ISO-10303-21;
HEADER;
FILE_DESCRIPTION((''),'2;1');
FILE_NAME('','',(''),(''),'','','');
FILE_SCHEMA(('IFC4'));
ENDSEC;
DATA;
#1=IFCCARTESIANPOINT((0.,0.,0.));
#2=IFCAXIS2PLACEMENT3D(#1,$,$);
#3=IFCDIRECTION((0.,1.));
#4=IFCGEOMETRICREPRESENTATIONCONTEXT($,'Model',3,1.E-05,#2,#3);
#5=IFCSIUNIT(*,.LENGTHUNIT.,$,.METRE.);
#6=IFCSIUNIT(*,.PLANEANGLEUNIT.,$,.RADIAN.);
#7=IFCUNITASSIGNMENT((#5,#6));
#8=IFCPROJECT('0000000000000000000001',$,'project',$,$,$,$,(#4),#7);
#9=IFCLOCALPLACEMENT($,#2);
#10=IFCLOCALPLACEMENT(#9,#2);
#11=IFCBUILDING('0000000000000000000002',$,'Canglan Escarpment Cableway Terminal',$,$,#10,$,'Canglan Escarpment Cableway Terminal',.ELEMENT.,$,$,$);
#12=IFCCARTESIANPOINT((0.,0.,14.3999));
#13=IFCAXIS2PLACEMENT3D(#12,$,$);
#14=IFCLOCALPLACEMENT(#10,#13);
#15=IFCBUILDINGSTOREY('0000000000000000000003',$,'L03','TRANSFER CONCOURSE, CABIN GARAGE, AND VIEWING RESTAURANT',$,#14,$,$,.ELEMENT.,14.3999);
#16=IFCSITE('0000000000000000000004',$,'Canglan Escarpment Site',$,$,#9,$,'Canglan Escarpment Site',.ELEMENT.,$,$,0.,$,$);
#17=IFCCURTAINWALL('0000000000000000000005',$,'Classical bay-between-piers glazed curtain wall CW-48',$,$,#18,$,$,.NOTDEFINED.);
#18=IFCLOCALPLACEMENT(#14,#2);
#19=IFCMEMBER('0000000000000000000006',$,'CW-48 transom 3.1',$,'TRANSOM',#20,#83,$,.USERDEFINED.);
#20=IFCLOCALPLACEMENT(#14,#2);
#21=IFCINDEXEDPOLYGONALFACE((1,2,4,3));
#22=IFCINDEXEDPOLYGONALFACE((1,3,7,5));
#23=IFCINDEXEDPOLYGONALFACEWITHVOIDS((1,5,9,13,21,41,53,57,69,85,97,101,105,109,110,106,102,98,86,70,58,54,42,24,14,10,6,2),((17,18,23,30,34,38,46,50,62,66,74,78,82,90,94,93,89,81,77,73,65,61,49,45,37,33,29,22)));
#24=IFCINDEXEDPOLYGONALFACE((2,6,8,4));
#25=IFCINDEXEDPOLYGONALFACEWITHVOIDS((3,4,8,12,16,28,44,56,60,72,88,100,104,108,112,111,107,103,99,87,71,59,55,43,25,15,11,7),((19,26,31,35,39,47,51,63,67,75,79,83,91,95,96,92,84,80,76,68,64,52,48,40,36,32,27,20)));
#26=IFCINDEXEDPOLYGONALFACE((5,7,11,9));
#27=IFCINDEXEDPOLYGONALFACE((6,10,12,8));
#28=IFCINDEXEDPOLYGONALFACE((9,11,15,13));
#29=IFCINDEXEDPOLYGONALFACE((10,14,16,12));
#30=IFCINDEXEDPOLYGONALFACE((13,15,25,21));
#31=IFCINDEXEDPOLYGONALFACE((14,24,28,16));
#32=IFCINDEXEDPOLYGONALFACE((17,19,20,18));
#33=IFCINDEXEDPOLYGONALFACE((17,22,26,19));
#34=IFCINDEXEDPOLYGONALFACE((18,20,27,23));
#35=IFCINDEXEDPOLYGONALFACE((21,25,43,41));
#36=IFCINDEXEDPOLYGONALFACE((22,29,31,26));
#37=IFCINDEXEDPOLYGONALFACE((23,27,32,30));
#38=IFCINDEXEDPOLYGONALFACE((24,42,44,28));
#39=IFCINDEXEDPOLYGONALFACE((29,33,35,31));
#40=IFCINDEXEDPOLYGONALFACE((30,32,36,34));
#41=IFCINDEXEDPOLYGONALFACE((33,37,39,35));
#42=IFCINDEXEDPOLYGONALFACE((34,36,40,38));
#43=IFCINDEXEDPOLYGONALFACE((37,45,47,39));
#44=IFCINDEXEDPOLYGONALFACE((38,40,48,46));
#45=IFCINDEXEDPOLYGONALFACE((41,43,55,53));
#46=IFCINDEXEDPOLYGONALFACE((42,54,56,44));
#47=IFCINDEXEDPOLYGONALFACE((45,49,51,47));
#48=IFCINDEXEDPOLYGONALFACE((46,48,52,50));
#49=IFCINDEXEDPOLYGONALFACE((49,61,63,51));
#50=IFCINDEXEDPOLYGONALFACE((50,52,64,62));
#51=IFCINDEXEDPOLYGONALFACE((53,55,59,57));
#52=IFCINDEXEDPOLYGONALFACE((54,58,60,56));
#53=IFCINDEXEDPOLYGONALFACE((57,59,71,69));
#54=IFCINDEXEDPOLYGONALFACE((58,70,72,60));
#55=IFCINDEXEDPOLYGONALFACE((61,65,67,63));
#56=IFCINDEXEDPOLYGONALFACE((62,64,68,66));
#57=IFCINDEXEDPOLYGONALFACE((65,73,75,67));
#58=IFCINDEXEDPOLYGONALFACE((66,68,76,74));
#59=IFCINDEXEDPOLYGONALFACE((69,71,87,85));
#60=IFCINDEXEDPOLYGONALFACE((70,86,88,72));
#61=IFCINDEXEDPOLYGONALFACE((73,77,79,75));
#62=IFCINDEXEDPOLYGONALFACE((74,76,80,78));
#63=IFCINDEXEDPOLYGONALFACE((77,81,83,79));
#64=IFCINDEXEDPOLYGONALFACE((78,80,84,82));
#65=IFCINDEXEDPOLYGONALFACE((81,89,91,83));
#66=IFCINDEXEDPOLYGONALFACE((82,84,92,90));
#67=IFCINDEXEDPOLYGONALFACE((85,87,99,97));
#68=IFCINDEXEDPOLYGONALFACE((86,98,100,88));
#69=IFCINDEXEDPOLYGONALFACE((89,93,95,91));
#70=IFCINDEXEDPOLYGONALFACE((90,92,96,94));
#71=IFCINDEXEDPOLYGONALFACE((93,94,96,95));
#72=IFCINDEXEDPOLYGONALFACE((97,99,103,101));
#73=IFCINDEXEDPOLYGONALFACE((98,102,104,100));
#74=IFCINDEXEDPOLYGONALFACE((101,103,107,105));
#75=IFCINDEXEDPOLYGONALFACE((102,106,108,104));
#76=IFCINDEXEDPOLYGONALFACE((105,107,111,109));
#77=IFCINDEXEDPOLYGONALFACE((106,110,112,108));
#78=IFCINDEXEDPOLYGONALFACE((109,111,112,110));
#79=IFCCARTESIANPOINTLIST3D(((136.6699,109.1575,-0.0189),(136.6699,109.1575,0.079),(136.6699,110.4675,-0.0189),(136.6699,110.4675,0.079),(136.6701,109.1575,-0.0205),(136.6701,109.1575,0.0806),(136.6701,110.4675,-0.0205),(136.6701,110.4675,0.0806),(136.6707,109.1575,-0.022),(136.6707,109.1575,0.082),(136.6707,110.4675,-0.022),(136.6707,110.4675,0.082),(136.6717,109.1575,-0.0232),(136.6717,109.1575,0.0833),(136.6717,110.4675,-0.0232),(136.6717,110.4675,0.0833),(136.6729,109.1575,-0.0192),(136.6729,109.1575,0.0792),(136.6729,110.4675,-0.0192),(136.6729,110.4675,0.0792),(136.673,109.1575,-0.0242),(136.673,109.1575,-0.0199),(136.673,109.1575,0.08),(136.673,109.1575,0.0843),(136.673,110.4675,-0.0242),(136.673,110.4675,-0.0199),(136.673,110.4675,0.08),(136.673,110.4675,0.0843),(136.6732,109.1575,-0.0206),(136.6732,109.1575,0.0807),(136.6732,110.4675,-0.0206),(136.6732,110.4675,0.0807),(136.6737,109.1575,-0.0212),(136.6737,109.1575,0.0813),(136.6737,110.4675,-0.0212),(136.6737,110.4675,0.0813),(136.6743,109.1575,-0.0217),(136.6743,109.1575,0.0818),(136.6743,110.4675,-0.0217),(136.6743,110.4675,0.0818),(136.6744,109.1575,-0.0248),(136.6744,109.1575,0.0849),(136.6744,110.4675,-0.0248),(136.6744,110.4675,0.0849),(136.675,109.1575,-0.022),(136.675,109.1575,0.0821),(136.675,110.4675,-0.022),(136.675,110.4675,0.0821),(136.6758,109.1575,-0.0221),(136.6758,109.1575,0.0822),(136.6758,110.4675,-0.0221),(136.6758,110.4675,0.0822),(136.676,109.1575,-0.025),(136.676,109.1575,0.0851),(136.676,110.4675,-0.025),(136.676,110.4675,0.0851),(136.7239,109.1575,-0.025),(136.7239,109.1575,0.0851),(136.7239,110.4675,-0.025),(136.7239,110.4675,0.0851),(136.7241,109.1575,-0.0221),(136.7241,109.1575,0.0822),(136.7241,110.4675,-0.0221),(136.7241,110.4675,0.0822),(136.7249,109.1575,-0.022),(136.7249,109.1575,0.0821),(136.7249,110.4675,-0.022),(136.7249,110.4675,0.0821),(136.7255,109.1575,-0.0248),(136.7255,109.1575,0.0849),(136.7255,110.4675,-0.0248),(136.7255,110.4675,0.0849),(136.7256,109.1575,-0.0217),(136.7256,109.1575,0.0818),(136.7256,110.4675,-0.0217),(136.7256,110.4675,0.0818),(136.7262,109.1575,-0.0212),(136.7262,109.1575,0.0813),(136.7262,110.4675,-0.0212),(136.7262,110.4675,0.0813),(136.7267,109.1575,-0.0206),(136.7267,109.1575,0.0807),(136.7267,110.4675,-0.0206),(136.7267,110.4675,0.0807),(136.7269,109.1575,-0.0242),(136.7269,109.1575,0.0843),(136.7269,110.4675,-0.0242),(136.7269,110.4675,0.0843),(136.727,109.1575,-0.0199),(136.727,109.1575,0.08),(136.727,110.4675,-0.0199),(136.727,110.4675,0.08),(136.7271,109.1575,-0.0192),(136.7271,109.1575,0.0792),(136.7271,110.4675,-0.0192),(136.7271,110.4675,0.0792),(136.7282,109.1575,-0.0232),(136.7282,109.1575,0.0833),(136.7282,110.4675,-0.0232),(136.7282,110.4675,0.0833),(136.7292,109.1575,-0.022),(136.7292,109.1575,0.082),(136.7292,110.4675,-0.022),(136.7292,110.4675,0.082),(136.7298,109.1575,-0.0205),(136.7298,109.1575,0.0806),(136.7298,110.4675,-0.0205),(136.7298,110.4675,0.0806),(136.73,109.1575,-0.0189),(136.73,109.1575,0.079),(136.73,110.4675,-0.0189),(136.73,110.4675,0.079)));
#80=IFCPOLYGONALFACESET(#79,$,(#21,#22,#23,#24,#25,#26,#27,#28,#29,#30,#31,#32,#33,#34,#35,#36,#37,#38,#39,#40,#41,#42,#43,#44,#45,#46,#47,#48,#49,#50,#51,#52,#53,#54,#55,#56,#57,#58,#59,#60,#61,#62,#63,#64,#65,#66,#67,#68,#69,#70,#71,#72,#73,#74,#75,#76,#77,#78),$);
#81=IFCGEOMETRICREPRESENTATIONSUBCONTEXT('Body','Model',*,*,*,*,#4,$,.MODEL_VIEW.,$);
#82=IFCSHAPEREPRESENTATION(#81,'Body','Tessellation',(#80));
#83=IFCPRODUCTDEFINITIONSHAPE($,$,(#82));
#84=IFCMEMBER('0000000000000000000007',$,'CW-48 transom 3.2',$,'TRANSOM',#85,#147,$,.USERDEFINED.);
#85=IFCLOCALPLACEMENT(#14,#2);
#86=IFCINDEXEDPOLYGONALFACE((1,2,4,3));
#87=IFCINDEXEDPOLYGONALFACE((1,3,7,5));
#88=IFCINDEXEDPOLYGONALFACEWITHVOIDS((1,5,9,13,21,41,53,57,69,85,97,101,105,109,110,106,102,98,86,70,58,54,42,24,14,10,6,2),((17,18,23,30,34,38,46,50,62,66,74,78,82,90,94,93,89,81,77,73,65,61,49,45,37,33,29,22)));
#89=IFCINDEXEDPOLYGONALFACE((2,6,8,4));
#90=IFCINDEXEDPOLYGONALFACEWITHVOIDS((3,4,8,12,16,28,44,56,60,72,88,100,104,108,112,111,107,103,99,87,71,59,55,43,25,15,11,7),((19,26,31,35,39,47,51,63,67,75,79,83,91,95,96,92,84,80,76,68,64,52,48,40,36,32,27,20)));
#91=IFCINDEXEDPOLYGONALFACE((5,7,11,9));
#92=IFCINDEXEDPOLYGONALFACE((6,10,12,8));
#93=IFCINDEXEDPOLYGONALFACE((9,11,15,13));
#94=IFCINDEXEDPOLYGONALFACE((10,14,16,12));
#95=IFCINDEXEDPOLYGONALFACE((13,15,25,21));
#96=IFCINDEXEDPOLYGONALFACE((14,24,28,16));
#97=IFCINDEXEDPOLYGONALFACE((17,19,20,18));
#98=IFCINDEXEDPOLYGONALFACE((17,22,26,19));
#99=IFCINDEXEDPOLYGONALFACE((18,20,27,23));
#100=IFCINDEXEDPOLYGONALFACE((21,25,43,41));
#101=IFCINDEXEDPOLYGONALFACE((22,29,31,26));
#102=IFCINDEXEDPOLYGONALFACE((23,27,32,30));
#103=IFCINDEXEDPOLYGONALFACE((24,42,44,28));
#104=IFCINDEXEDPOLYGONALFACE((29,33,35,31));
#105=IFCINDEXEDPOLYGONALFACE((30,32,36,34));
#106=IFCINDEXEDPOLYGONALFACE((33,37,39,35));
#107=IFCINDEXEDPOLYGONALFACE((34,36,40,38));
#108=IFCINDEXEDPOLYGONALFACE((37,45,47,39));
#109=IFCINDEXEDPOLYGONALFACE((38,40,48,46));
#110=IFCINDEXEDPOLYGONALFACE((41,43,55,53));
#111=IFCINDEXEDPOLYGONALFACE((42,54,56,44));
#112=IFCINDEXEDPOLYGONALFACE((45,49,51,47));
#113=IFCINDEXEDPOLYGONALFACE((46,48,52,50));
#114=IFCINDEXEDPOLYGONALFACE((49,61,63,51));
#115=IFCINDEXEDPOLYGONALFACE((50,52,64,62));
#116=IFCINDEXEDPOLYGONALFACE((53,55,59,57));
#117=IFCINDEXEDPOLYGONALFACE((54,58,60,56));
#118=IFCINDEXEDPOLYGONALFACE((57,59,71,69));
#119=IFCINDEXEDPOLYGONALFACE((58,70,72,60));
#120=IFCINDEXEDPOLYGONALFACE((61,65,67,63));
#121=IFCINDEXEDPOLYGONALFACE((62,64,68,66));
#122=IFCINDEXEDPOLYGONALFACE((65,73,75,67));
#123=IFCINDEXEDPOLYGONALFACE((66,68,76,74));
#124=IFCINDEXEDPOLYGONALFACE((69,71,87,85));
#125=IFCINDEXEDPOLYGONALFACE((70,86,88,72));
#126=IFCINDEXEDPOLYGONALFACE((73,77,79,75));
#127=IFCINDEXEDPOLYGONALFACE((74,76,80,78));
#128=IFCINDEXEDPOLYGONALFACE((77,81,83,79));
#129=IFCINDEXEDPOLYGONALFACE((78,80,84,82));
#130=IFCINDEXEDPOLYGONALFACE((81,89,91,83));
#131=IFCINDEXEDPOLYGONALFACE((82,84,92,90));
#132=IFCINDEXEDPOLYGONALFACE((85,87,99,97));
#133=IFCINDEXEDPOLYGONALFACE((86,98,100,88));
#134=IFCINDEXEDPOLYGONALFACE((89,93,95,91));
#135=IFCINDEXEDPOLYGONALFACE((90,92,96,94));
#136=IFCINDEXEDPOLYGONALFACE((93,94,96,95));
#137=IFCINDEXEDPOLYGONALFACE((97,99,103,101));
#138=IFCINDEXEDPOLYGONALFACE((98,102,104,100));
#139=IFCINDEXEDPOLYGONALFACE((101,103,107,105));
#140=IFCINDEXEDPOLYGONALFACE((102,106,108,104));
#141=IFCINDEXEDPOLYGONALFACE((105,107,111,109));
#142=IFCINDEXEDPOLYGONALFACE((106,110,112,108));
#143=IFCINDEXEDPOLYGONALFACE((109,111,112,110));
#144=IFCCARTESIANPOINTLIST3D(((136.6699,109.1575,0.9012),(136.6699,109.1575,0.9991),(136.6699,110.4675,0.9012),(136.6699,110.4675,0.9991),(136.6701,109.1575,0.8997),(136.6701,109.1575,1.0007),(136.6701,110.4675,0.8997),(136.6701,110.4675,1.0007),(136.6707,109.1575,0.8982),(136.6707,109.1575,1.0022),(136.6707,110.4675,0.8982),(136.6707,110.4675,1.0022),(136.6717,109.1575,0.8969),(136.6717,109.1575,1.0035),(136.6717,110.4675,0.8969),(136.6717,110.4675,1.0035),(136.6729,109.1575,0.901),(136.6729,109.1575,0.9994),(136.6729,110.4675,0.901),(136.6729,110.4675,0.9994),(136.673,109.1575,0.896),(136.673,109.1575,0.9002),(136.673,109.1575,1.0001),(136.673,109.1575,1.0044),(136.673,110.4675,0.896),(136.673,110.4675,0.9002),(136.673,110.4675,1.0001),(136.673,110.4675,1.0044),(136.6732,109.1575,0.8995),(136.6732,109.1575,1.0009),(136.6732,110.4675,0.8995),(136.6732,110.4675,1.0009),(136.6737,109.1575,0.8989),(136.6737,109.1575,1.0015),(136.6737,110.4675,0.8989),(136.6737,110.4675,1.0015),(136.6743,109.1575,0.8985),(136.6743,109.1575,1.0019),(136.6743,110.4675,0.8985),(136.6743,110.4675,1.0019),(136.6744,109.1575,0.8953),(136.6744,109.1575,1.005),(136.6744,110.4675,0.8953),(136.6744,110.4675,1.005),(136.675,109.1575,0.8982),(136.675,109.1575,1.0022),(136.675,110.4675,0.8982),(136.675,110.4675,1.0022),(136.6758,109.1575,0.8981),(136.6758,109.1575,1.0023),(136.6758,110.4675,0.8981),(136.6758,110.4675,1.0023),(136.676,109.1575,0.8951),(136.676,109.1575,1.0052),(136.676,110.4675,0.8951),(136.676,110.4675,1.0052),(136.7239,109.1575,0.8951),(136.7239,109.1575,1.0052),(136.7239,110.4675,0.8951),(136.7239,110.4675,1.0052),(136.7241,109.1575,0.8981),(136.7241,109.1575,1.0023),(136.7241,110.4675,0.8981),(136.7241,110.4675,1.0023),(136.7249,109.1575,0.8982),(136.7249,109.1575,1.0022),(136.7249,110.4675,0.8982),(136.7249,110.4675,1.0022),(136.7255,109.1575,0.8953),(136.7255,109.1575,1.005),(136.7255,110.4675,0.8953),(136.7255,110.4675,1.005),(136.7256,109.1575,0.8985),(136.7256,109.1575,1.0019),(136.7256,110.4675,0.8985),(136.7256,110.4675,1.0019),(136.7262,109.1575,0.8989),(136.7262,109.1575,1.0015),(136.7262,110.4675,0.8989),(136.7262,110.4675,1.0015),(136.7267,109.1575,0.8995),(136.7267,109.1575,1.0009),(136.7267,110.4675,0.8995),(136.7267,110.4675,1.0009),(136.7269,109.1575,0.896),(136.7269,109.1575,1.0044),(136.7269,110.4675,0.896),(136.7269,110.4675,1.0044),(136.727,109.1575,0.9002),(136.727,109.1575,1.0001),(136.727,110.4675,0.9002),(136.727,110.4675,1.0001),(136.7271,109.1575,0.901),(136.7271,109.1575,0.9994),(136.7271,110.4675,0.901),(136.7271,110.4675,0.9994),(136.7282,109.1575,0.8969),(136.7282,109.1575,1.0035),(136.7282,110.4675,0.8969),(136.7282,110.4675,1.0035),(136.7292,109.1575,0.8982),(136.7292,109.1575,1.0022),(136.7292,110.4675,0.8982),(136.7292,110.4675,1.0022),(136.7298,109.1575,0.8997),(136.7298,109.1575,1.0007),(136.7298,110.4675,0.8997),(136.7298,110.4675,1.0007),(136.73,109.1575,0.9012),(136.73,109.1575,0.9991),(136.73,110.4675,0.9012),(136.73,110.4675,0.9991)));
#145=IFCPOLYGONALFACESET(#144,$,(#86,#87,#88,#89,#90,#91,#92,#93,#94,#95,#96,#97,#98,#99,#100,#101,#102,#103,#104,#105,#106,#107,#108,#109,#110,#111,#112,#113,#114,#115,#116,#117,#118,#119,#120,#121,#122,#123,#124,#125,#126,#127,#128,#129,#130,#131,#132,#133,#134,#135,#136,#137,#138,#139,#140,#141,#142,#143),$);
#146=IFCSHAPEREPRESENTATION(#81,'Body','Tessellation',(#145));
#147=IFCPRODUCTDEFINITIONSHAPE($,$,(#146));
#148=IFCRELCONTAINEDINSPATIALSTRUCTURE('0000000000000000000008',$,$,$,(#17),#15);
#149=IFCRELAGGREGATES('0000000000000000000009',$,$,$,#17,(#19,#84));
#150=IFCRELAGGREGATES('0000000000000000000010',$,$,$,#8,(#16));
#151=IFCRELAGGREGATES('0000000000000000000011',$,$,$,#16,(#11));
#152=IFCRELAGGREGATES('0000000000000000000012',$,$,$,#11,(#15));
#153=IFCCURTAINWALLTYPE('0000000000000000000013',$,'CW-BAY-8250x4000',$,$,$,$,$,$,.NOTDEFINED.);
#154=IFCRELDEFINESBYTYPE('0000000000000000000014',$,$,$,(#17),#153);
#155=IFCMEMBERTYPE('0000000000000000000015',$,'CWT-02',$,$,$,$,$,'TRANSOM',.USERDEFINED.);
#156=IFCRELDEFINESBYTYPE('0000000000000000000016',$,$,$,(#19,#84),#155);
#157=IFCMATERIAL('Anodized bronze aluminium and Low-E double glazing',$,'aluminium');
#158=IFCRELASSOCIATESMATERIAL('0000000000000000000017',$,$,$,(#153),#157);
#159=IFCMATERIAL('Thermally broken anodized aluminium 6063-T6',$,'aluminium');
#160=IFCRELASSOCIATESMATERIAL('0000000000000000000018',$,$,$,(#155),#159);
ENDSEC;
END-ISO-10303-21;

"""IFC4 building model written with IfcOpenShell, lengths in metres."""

from ifc_helpers import new_model, si_unit, direction, frame, origin, origin_2d, place, context, subcontext, project, spatial, hollow_rectangle, extrude, material, material_profile, profile_set, type_object, element, aggregate, save


model = new_model("IFC4")

# Units and contexts
model_context = context("Model", 3, precision=1e-05, world=origin(), true_north=direction((0.0, 1.0)))
body_context = subcontext(model_context, "Body", "Model", "MODEL_VIEW")
ifc_project = project(units=[si_unit("LENGTHUNIT", "METRE"), si_unit("PLANEANGLEUNIT", "RADIAN")], contexts=[model_context])

# Site, building, storey
site_placement = place(None, origin())
site = spatial("IfcSite", under=ifc_project, at=site_placement, Name="Canglan Escarpment Site", LongName="Canglan Escarpment Site", CompositionType="ELEMENT", RefElevation=0.0)
building_placement = place(site_placement, origin())
building = spatial("IfcBuilding", under=site, at=building_placement, Name="Canglan Escarpment Cableway Terminal", LongName="Canglan Escarpment Cableway Terminal", CompositionType="ELEMENT")
storey_placement = place(building_placement, frame((0.0, 0.0, 14.3999)))
storey = spatial("IfcBuildingStorey", under=building, at=storey_placement, Name="L03", Description="TRANSFER CONCOURSE, CABIN GARAGE, AND VIEWING RESTAURANT", CompositionType="ELEMENT", Elevation=14.3999)

# Curtain wall, members
ifc_material_1 = material(Name="Anodized bronze aluminium and Low-E double glazing", Category="aluminium")
curtain_wall_type_1 = type_object("IfcCurtainWallType", Name="CW-BAY-8250x4000", PredefinedType="NOTDEFINED", material=ifc_material_1)
curtain_wall_1_placement = place(storey_placement, origin())
curtain_wall_1 = element("IfcCurtainWall", 1, at=curtain_wall_1_placement, inside=storey, type_object=curtain_wall_type_1, Name="Classical bay-between-piers glazed curtain wall CW-48", PredefinedType="NOTDEFINED")
ifc_material_2 = material(Name="Thermally broken anodized aluminium 6063-T6", Category="aluminium")
ifc_material_profile_1 = material_profile(ifc_material_2, hollow_rectangle(XDim=0.0601, YDim=0.1101, WallThickness=0.0029, InnerFilletRadius=0.0029, OuterFilletRadius=0.0061, at=origin_2d()), Name="ALU-TRAN 60x110x3")
ifc_profile_set_1 = profile_set([ifc_material_profile_1], Name="Thermally broken anodized aluminium 6063-T6")
member_type_1 = type_object("IfcMemberType", Name="CWT-02", ElementType="TRANSOM", PredefinedType="USERDEFINED", material=ifc_profile_set_1)
member_1_placement = place(storey_placement, frame((136.7, 109.1575, 0.03), z_axis=(0.0, 1.0, 0.0), x_axis=(-1.0, 0.0, 0.0)))
member_1 = element("IfcMember", 2, at=member_1_placement, type_object=member_type_1, Name="CW-48 transom 3.1", ObjectType="TRANSOM", PredefinedType="USERDEFINED", context=body_context, shape_type="SweptSolid", body=[
    extrude(hollow_rectangle(XDim=0.0601, YDim=0.1101, WallThickness=0.0029, InnerFilletRadius=0.0029, OuterFilletRadius=0.0061, at=origin_2d()), origin(), (0.0, 0.0, 1.0), 1.3101),
])
member_2_placement = place(storey_placement, frame((136.7, 109.1575, 0.9502), z_axis=(0.0, 1.0, 0.0), x_axis=(-1.0, 0.0, 0.0)))
member_2 = element("IfcMember", 3, at=member_2_placement, type_object=member_type_1, Name="CW-48 transom 3.2", ObjectType="TRANSOM", PredefinedType="USERDEFINED", context=body_context, shape_type="SweptSolid", body=[
    extrude(hollow_rectangle(XDim=0.0601, YDim=0.1101, WallThickness=0.0029, InnerFilletRadius=0.0029, OuterFilletRadius=0.0061, at=origin_2d()), origin(), (0.0, 0.0, 1.0), 1.3101),
])

aggregate(curtain_wall_1, [member_1, member_2])

save(model, "model.ifc")
